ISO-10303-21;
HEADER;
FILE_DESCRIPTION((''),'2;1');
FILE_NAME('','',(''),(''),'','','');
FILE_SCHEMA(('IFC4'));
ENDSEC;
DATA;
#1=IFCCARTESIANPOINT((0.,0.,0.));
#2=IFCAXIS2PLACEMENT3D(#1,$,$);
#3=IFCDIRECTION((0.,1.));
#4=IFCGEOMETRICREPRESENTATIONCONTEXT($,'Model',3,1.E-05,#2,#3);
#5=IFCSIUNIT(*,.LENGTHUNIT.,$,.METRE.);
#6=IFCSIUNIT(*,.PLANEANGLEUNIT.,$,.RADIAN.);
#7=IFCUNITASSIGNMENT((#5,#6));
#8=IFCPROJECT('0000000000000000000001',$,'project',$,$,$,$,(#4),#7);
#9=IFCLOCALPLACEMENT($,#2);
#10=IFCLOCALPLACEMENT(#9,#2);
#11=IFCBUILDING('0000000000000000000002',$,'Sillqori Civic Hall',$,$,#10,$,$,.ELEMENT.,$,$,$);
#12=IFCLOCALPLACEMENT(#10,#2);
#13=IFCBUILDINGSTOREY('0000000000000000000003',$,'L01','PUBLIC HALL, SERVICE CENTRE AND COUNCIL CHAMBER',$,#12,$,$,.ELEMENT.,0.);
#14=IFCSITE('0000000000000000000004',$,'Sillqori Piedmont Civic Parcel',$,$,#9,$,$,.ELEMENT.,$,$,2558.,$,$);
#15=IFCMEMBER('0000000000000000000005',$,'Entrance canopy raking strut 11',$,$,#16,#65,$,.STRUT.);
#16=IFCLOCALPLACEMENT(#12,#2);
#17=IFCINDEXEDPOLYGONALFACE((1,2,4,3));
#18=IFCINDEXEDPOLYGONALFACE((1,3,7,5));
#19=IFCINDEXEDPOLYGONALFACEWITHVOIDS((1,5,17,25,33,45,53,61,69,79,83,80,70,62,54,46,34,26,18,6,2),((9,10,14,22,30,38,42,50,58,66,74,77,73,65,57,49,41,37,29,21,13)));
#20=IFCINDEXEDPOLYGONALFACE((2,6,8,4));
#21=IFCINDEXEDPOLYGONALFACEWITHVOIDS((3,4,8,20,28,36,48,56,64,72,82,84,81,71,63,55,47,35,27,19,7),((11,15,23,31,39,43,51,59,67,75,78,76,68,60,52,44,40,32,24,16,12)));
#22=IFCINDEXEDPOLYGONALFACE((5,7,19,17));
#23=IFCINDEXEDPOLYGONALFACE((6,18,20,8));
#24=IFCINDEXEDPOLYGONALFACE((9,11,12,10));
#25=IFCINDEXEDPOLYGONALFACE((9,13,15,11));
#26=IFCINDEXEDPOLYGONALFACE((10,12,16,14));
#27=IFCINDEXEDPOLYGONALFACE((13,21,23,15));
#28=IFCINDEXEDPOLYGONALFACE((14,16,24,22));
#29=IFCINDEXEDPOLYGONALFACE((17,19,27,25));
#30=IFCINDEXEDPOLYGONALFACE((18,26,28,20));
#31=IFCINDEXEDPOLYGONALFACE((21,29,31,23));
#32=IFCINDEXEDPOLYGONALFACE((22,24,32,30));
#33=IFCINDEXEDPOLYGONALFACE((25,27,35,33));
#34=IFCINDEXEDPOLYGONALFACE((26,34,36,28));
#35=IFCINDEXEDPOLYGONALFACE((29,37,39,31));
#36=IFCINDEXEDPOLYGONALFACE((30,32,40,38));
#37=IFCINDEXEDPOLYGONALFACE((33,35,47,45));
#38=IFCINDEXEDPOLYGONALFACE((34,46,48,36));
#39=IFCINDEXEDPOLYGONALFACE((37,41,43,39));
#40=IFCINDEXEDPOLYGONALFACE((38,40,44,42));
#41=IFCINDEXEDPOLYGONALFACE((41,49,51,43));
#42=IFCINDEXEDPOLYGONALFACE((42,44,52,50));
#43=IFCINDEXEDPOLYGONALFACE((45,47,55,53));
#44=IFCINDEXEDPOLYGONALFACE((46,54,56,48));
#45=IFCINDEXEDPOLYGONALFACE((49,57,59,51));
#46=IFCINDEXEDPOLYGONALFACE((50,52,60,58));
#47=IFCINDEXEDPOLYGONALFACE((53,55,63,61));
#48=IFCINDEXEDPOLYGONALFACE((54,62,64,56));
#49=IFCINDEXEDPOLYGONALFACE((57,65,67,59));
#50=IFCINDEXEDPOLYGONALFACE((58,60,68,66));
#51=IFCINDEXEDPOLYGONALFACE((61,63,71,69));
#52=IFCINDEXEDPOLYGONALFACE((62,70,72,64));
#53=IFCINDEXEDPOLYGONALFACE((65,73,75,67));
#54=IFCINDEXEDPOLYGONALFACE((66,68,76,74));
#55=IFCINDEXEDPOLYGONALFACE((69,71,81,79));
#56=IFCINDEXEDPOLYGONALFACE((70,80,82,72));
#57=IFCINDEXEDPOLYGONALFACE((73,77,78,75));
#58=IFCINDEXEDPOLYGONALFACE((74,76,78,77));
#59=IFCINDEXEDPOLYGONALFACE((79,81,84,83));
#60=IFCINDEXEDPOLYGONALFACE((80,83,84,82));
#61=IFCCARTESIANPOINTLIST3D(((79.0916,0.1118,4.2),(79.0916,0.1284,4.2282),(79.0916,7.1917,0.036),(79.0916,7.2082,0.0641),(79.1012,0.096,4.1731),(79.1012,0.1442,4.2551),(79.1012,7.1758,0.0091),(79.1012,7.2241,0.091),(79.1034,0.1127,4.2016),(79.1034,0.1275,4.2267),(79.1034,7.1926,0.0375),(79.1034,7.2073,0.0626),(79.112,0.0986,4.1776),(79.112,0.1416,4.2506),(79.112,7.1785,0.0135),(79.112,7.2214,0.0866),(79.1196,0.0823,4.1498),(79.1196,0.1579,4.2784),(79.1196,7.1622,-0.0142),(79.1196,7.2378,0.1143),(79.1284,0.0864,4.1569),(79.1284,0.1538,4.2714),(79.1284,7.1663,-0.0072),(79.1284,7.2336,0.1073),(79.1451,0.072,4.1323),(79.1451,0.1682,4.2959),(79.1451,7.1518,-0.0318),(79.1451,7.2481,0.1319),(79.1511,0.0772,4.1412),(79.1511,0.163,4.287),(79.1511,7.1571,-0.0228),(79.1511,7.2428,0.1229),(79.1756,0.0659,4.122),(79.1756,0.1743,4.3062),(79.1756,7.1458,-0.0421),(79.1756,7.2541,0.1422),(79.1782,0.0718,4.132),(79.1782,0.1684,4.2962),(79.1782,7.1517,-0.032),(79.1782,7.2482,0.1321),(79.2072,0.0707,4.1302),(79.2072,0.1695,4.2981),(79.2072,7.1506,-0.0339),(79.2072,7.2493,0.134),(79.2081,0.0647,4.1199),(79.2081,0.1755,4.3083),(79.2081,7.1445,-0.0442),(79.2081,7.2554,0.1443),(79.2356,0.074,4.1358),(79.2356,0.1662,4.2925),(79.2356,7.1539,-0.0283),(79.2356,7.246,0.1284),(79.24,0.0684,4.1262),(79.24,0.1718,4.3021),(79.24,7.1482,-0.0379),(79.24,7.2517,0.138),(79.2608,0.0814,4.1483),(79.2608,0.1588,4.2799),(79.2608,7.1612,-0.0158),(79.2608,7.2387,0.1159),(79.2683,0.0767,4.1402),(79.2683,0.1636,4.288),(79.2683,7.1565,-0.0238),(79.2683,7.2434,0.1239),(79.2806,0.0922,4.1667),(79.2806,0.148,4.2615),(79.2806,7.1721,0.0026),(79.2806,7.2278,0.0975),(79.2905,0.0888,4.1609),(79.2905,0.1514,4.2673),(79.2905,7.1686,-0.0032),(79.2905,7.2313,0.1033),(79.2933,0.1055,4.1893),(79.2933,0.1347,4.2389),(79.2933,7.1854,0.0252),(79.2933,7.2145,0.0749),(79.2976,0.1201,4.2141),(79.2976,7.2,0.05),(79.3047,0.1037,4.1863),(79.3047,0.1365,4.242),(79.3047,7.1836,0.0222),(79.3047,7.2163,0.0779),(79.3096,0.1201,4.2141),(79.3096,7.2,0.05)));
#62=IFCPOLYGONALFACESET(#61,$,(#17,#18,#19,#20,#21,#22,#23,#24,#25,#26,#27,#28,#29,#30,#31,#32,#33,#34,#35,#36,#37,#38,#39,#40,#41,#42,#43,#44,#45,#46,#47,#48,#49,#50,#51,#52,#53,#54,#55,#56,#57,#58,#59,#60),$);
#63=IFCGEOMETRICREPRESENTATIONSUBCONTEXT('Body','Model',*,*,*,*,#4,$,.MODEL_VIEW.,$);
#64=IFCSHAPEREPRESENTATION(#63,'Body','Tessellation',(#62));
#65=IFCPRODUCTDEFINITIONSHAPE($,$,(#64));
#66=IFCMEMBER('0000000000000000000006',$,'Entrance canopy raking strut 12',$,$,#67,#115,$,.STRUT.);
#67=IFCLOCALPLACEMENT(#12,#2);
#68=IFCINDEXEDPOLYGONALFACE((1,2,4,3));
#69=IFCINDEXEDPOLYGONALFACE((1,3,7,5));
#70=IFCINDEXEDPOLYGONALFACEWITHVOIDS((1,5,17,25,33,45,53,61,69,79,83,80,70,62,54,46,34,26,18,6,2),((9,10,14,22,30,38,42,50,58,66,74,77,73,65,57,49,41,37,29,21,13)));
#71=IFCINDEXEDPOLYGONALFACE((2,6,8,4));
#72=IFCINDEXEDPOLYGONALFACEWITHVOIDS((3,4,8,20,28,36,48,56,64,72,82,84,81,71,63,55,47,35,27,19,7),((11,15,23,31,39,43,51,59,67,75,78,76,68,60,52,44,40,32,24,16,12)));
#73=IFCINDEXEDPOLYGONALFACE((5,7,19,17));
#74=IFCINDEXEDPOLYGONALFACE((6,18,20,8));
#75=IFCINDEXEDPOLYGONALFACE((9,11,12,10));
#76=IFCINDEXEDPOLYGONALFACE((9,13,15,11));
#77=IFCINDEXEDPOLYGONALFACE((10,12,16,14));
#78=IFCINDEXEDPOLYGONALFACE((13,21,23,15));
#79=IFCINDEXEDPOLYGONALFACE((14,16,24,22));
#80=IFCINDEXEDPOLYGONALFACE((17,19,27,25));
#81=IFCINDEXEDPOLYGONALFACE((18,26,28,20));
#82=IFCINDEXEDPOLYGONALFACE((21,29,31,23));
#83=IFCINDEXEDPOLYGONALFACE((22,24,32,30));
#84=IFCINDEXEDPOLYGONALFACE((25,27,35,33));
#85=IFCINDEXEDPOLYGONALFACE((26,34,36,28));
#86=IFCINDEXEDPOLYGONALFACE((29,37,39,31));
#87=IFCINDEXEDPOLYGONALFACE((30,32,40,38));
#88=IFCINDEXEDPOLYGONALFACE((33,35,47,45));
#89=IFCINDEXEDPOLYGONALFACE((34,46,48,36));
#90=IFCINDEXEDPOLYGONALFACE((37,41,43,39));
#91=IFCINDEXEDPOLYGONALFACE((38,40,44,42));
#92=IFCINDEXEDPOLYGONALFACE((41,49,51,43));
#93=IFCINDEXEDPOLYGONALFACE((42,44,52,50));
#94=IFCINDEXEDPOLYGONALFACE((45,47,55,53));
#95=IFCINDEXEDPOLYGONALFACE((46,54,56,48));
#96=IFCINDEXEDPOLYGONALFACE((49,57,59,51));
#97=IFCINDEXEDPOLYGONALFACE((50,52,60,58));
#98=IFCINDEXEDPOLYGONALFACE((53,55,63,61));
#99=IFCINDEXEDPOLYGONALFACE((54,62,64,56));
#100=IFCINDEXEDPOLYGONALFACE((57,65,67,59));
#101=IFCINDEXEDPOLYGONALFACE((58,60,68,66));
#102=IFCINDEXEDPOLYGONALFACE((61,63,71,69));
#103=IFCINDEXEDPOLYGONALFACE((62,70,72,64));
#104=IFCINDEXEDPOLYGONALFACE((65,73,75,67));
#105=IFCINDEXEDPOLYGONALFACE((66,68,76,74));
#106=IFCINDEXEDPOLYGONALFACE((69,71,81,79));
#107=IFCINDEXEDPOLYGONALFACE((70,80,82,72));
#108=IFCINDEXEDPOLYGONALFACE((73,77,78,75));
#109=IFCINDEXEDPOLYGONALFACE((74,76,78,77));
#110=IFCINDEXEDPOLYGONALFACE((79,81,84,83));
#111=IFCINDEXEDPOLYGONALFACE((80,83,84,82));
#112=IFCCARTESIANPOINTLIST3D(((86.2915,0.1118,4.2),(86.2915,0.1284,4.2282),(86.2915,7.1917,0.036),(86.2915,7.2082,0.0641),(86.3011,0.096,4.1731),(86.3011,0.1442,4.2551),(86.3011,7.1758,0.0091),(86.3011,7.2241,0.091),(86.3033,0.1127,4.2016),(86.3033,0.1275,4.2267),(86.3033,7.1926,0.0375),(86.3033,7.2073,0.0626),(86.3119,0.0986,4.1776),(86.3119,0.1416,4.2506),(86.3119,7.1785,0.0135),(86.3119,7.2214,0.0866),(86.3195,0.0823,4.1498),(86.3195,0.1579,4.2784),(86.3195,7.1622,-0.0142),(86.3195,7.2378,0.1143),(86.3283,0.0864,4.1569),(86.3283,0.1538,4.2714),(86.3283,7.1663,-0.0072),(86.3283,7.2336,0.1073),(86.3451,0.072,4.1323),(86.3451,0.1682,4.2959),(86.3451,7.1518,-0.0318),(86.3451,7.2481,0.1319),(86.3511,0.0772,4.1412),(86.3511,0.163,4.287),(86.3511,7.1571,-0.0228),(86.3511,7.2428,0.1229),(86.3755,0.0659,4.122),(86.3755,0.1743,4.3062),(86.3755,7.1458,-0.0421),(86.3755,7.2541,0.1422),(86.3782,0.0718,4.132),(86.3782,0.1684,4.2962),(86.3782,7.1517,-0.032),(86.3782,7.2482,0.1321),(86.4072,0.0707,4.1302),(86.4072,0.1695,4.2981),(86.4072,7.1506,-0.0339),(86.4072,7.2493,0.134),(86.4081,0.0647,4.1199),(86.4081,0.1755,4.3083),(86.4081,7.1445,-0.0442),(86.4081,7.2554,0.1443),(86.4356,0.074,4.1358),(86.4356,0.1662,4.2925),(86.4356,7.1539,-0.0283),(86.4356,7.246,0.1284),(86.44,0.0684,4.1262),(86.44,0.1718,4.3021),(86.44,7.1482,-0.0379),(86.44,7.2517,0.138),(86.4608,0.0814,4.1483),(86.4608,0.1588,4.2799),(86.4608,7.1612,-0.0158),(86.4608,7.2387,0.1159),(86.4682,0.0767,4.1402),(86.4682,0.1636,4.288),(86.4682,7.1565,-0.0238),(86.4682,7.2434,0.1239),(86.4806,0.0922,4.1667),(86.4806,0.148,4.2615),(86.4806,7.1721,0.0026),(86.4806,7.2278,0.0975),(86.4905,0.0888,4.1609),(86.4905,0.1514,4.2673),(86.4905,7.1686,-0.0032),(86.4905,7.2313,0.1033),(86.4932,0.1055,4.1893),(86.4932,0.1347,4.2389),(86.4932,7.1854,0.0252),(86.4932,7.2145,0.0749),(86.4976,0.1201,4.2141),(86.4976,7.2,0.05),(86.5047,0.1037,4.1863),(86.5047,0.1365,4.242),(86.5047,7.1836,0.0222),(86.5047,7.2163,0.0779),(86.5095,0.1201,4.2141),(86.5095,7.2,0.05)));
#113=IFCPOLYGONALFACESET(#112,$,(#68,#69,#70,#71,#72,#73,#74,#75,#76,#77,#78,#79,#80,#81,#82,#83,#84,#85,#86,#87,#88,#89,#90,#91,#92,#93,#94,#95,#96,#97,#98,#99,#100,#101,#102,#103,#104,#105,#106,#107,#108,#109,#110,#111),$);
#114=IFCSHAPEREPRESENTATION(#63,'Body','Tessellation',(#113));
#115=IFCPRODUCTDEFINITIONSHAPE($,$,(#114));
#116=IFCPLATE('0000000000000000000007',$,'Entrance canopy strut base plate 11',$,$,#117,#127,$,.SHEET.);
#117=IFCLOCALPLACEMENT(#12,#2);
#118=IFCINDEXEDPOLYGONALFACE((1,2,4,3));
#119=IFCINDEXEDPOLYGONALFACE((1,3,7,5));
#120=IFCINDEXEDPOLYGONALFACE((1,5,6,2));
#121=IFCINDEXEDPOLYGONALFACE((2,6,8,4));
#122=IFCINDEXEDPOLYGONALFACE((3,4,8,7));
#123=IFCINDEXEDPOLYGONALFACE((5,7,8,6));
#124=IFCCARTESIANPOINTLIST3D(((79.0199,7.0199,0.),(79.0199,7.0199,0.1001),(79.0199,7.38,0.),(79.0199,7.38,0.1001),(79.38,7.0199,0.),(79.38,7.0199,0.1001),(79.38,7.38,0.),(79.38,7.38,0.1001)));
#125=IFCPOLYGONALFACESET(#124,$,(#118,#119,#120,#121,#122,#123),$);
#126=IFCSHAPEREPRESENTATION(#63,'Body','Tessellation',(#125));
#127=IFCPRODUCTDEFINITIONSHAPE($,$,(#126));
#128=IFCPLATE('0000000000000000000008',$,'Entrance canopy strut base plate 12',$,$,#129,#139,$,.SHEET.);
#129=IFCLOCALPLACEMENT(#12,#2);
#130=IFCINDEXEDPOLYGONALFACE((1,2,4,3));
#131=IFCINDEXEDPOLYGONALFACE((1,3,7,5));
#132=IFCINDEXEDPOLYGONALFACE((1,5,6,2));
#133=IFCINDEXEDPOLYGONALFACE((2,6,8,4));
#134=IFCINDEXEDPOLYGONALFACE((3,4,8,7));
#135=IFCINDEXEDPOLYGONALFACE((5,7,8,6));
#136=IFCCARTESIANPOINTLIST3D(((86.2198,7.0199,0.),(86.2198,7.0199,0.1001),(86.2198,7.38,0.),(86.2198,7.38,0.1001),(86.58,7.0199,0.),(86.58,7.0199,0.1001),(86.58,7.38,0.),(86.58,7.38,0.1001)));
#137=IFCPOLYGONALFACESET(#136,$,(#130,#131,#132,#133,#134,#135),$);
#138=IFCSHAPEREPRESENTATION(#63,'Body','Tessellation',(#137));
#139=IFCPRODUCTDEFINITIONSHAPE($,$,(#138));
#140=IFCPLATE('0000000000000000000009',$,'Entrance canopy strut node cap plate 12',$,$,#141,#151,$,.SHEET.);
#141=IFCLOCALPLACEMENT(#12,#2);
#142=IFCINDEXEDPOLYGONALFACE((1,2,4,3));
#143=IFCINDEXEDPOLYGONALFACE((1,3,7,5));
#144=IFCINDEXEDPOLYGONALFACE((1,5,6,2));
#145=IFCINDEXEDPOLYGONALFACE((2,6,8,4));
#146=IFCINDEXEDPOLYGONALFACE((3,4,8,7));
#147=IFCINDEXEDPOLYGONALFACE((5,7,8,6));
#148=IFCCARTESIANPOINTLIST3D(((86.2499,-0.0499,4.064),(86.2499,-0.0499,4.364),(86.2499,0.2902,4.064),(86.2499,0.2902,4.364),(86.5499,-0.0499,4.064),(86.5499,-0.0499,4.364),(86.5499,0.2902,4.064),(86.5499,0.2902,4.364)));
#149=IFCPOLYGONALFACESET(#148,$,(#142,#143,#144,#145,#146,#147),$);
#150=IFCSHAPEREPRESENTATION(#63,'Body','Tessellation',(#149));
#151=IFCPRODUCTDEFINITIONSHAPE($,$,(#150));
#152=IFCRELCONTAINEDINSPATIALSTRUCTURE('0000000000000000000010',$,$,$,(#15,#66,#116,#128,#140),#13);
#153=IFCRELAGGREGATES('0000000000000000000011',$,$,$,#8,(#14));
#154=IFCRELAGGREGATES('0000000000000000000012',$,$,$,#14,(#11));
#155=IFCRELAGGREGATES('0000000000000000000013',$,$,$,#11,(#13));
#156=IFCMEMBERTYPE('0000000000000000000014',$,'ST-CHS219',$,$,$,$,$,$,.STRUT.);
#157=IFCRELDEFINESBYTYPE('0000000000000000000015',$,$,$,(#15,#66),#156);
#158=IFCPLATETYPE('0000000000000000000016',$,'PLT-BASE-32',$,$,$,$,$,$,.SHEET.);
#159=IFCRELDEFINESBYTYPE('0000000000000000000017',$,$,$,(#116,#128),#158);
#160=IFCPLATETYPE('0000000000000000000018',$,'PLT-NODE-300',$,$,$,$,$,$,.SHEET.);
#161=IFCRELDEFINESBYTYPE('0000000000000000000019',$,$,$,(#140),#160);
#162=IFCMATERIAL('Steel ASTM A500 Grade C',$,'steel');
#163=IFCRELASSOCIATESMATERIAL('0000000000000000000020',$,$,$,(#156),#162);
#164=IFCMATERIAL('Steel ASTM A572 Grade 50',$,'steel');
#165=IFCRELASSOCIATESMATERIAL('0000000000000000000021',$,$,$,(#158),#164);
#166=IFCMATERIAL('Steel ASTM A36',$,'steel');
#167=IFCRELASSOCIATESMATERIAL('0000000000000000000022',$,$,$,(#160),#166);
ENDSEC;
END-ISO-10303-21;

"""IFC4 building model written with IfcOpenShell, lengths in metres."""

from ifc_helpers import new_model, si_unit, direction, frame, origin, origin_2d, place, context, subcontext, project, spatial, rectangle, hollow_circle, extrude, material, material_profile, profile_set, type_object, element, save


model = new_model("IFC4")

# Units and contexts
model_context = context("Model", 3, precision=1e-05, world=origin(), true_north=direction((0.0, 1.0)))
body_context = subcontext(model_context, "Body", "Model", "MODEL_VIEW")
ifc_project = project(units=[si_unit("LENGTHUNIT", "METRE"), si_unit("PLANEANGLEUNIT", "RADIAN")], contexts=[model_context])

# Site, building, storey
site_placement = place(None, origin())
site = spatial("IfcSite", under=ifc_project, at=site_placement, Name="Sillqori Piedmont Civic Parcel", CompositionType="ELEMENT", RefElevation=2558.0)
building_placement = place(site_placement, origin())
building = spatial("IfcBuilding", under=site, at=building_placement, Name="Sillqori Civic Hall", CompositionType="ELEMENT")
storey_placement = place(building_placement, origin())
storey = spatial("IfcBuildingStorey", under=building, at=storey_placement, Name="L01", Description="PUBLIC HALL, SERVICE CENTRE AND COUNCIL CHAMBER", CompositionType="ELEMENT", Elevation=0.0)

# Members
ifc_material_1 = material(Name="Steel ASTM A500 Grade C", Category="steel")
ifc_material_profile_1 = material_profile(ifc_material_1, hollow_circle(Radius=0.1096, WallThickness=0.012, at=origin_2d()), Name="CHS219X12")
ifc_profile_set_1 = profile_set([ifc_material_profile_1], Name="Steel ASTM A500 Grade C")
member_type_1 = type_object("IfcMemberType", Name="ST-CHS219", PredefinedType="STRUT", material=ifc_profile_set_1)
for number, where, z_axis, x_axis, name in (
    (1, (79.2, 7.2, 0.05), (0.0, -0.861963, 0.506971), (1.0, 0.0, 0.0), "Entrance canopy raking strut 11"),
    (2, (86.3999, 7.2, 0.05), (0.0, -0.861963, 0.506971), (1.0, 0.0, 0.0), "Entrance canopy raking strut 12"),
):
    element("IfcMember", number, at=place(storey_placement, frame(where, z_axis=z_axis, x_axis=x_axis)), inside=storey, type_object=member_type_1, Name=name, PredefinedType="STRUT", context=body_context, shape_type="SweptSolid", body=[
        extrude(hollow_circle(Radius=0.1096, WallThickness=0.012, at=origin_2d()), origin(), (0.0, 0.0, 1.0), 8.2136),
    ])

# Plates
ifc_material_2 = material(Name="Steel ASTM A572 Grade 50", Category="steel")
plate_type_1 = type_object("IfcPlateType", Name="PLT-BASE-32", PredefinedType="SHEET", material=ifc_material_2)
for number, where, z_axis, x_axis, name in (
    (3, (79.2, 7.2, 0.0), (0.0, 0.0, 1.0), (1.0, 0.0, 0.0), "Entrance canopy strut base plate 11"),
    (4, (86.3999, 7.2, 0.0), (0.0, 0.0, 1.0), (1.0, 0.0, 0.0), "Entrance canopy strut base plate 12"),
):
    element("IfcPlate", number, at=place(storey_placement, frame(where, z_axis=z_axis, x_axis=x_axis)), inside=storey, type_object=plate_type_1, Name=name, PredefinedType="SHEET", context=body_context, shape_type="SweptSolid", body=[
        extrude(rectangle(XDim=0.3601, YDim=0.3601, at=origin_2d()), origin(), (0.0, 0.0, 1.0), 0.1001),
    ])
ifc_material_3 = material(Name="Steel ASTM A36", Category="steel")
plate_type_2 = type_object("IfcPlateType", Name="PLT-NODE-300", PredefinedType="SHEET", material=ifc_material_3)
plate_1_placement = place(storey_placement, frame((86.3999, 0.1201, 4.064), z_axis=(0.0, 0.0, 1.0), x_axis=(1.0, 0.0, 0.0)))
element("IfcPlate", 5, at=plate_1_placement, inside=storey, type_object=plate_type_2, Name="Entrance canopy strut node cap plate 12", PredefinedType="SHEET", context=body_context, shape_type="SweptSolid", body=[
    extrude(rectangle(XDim=0.3, YDim=0.3401, at=origin_2d()), origin(), (0.0, 0.0, 1.0), 0.3),
])

save(model, "model.ifc")
